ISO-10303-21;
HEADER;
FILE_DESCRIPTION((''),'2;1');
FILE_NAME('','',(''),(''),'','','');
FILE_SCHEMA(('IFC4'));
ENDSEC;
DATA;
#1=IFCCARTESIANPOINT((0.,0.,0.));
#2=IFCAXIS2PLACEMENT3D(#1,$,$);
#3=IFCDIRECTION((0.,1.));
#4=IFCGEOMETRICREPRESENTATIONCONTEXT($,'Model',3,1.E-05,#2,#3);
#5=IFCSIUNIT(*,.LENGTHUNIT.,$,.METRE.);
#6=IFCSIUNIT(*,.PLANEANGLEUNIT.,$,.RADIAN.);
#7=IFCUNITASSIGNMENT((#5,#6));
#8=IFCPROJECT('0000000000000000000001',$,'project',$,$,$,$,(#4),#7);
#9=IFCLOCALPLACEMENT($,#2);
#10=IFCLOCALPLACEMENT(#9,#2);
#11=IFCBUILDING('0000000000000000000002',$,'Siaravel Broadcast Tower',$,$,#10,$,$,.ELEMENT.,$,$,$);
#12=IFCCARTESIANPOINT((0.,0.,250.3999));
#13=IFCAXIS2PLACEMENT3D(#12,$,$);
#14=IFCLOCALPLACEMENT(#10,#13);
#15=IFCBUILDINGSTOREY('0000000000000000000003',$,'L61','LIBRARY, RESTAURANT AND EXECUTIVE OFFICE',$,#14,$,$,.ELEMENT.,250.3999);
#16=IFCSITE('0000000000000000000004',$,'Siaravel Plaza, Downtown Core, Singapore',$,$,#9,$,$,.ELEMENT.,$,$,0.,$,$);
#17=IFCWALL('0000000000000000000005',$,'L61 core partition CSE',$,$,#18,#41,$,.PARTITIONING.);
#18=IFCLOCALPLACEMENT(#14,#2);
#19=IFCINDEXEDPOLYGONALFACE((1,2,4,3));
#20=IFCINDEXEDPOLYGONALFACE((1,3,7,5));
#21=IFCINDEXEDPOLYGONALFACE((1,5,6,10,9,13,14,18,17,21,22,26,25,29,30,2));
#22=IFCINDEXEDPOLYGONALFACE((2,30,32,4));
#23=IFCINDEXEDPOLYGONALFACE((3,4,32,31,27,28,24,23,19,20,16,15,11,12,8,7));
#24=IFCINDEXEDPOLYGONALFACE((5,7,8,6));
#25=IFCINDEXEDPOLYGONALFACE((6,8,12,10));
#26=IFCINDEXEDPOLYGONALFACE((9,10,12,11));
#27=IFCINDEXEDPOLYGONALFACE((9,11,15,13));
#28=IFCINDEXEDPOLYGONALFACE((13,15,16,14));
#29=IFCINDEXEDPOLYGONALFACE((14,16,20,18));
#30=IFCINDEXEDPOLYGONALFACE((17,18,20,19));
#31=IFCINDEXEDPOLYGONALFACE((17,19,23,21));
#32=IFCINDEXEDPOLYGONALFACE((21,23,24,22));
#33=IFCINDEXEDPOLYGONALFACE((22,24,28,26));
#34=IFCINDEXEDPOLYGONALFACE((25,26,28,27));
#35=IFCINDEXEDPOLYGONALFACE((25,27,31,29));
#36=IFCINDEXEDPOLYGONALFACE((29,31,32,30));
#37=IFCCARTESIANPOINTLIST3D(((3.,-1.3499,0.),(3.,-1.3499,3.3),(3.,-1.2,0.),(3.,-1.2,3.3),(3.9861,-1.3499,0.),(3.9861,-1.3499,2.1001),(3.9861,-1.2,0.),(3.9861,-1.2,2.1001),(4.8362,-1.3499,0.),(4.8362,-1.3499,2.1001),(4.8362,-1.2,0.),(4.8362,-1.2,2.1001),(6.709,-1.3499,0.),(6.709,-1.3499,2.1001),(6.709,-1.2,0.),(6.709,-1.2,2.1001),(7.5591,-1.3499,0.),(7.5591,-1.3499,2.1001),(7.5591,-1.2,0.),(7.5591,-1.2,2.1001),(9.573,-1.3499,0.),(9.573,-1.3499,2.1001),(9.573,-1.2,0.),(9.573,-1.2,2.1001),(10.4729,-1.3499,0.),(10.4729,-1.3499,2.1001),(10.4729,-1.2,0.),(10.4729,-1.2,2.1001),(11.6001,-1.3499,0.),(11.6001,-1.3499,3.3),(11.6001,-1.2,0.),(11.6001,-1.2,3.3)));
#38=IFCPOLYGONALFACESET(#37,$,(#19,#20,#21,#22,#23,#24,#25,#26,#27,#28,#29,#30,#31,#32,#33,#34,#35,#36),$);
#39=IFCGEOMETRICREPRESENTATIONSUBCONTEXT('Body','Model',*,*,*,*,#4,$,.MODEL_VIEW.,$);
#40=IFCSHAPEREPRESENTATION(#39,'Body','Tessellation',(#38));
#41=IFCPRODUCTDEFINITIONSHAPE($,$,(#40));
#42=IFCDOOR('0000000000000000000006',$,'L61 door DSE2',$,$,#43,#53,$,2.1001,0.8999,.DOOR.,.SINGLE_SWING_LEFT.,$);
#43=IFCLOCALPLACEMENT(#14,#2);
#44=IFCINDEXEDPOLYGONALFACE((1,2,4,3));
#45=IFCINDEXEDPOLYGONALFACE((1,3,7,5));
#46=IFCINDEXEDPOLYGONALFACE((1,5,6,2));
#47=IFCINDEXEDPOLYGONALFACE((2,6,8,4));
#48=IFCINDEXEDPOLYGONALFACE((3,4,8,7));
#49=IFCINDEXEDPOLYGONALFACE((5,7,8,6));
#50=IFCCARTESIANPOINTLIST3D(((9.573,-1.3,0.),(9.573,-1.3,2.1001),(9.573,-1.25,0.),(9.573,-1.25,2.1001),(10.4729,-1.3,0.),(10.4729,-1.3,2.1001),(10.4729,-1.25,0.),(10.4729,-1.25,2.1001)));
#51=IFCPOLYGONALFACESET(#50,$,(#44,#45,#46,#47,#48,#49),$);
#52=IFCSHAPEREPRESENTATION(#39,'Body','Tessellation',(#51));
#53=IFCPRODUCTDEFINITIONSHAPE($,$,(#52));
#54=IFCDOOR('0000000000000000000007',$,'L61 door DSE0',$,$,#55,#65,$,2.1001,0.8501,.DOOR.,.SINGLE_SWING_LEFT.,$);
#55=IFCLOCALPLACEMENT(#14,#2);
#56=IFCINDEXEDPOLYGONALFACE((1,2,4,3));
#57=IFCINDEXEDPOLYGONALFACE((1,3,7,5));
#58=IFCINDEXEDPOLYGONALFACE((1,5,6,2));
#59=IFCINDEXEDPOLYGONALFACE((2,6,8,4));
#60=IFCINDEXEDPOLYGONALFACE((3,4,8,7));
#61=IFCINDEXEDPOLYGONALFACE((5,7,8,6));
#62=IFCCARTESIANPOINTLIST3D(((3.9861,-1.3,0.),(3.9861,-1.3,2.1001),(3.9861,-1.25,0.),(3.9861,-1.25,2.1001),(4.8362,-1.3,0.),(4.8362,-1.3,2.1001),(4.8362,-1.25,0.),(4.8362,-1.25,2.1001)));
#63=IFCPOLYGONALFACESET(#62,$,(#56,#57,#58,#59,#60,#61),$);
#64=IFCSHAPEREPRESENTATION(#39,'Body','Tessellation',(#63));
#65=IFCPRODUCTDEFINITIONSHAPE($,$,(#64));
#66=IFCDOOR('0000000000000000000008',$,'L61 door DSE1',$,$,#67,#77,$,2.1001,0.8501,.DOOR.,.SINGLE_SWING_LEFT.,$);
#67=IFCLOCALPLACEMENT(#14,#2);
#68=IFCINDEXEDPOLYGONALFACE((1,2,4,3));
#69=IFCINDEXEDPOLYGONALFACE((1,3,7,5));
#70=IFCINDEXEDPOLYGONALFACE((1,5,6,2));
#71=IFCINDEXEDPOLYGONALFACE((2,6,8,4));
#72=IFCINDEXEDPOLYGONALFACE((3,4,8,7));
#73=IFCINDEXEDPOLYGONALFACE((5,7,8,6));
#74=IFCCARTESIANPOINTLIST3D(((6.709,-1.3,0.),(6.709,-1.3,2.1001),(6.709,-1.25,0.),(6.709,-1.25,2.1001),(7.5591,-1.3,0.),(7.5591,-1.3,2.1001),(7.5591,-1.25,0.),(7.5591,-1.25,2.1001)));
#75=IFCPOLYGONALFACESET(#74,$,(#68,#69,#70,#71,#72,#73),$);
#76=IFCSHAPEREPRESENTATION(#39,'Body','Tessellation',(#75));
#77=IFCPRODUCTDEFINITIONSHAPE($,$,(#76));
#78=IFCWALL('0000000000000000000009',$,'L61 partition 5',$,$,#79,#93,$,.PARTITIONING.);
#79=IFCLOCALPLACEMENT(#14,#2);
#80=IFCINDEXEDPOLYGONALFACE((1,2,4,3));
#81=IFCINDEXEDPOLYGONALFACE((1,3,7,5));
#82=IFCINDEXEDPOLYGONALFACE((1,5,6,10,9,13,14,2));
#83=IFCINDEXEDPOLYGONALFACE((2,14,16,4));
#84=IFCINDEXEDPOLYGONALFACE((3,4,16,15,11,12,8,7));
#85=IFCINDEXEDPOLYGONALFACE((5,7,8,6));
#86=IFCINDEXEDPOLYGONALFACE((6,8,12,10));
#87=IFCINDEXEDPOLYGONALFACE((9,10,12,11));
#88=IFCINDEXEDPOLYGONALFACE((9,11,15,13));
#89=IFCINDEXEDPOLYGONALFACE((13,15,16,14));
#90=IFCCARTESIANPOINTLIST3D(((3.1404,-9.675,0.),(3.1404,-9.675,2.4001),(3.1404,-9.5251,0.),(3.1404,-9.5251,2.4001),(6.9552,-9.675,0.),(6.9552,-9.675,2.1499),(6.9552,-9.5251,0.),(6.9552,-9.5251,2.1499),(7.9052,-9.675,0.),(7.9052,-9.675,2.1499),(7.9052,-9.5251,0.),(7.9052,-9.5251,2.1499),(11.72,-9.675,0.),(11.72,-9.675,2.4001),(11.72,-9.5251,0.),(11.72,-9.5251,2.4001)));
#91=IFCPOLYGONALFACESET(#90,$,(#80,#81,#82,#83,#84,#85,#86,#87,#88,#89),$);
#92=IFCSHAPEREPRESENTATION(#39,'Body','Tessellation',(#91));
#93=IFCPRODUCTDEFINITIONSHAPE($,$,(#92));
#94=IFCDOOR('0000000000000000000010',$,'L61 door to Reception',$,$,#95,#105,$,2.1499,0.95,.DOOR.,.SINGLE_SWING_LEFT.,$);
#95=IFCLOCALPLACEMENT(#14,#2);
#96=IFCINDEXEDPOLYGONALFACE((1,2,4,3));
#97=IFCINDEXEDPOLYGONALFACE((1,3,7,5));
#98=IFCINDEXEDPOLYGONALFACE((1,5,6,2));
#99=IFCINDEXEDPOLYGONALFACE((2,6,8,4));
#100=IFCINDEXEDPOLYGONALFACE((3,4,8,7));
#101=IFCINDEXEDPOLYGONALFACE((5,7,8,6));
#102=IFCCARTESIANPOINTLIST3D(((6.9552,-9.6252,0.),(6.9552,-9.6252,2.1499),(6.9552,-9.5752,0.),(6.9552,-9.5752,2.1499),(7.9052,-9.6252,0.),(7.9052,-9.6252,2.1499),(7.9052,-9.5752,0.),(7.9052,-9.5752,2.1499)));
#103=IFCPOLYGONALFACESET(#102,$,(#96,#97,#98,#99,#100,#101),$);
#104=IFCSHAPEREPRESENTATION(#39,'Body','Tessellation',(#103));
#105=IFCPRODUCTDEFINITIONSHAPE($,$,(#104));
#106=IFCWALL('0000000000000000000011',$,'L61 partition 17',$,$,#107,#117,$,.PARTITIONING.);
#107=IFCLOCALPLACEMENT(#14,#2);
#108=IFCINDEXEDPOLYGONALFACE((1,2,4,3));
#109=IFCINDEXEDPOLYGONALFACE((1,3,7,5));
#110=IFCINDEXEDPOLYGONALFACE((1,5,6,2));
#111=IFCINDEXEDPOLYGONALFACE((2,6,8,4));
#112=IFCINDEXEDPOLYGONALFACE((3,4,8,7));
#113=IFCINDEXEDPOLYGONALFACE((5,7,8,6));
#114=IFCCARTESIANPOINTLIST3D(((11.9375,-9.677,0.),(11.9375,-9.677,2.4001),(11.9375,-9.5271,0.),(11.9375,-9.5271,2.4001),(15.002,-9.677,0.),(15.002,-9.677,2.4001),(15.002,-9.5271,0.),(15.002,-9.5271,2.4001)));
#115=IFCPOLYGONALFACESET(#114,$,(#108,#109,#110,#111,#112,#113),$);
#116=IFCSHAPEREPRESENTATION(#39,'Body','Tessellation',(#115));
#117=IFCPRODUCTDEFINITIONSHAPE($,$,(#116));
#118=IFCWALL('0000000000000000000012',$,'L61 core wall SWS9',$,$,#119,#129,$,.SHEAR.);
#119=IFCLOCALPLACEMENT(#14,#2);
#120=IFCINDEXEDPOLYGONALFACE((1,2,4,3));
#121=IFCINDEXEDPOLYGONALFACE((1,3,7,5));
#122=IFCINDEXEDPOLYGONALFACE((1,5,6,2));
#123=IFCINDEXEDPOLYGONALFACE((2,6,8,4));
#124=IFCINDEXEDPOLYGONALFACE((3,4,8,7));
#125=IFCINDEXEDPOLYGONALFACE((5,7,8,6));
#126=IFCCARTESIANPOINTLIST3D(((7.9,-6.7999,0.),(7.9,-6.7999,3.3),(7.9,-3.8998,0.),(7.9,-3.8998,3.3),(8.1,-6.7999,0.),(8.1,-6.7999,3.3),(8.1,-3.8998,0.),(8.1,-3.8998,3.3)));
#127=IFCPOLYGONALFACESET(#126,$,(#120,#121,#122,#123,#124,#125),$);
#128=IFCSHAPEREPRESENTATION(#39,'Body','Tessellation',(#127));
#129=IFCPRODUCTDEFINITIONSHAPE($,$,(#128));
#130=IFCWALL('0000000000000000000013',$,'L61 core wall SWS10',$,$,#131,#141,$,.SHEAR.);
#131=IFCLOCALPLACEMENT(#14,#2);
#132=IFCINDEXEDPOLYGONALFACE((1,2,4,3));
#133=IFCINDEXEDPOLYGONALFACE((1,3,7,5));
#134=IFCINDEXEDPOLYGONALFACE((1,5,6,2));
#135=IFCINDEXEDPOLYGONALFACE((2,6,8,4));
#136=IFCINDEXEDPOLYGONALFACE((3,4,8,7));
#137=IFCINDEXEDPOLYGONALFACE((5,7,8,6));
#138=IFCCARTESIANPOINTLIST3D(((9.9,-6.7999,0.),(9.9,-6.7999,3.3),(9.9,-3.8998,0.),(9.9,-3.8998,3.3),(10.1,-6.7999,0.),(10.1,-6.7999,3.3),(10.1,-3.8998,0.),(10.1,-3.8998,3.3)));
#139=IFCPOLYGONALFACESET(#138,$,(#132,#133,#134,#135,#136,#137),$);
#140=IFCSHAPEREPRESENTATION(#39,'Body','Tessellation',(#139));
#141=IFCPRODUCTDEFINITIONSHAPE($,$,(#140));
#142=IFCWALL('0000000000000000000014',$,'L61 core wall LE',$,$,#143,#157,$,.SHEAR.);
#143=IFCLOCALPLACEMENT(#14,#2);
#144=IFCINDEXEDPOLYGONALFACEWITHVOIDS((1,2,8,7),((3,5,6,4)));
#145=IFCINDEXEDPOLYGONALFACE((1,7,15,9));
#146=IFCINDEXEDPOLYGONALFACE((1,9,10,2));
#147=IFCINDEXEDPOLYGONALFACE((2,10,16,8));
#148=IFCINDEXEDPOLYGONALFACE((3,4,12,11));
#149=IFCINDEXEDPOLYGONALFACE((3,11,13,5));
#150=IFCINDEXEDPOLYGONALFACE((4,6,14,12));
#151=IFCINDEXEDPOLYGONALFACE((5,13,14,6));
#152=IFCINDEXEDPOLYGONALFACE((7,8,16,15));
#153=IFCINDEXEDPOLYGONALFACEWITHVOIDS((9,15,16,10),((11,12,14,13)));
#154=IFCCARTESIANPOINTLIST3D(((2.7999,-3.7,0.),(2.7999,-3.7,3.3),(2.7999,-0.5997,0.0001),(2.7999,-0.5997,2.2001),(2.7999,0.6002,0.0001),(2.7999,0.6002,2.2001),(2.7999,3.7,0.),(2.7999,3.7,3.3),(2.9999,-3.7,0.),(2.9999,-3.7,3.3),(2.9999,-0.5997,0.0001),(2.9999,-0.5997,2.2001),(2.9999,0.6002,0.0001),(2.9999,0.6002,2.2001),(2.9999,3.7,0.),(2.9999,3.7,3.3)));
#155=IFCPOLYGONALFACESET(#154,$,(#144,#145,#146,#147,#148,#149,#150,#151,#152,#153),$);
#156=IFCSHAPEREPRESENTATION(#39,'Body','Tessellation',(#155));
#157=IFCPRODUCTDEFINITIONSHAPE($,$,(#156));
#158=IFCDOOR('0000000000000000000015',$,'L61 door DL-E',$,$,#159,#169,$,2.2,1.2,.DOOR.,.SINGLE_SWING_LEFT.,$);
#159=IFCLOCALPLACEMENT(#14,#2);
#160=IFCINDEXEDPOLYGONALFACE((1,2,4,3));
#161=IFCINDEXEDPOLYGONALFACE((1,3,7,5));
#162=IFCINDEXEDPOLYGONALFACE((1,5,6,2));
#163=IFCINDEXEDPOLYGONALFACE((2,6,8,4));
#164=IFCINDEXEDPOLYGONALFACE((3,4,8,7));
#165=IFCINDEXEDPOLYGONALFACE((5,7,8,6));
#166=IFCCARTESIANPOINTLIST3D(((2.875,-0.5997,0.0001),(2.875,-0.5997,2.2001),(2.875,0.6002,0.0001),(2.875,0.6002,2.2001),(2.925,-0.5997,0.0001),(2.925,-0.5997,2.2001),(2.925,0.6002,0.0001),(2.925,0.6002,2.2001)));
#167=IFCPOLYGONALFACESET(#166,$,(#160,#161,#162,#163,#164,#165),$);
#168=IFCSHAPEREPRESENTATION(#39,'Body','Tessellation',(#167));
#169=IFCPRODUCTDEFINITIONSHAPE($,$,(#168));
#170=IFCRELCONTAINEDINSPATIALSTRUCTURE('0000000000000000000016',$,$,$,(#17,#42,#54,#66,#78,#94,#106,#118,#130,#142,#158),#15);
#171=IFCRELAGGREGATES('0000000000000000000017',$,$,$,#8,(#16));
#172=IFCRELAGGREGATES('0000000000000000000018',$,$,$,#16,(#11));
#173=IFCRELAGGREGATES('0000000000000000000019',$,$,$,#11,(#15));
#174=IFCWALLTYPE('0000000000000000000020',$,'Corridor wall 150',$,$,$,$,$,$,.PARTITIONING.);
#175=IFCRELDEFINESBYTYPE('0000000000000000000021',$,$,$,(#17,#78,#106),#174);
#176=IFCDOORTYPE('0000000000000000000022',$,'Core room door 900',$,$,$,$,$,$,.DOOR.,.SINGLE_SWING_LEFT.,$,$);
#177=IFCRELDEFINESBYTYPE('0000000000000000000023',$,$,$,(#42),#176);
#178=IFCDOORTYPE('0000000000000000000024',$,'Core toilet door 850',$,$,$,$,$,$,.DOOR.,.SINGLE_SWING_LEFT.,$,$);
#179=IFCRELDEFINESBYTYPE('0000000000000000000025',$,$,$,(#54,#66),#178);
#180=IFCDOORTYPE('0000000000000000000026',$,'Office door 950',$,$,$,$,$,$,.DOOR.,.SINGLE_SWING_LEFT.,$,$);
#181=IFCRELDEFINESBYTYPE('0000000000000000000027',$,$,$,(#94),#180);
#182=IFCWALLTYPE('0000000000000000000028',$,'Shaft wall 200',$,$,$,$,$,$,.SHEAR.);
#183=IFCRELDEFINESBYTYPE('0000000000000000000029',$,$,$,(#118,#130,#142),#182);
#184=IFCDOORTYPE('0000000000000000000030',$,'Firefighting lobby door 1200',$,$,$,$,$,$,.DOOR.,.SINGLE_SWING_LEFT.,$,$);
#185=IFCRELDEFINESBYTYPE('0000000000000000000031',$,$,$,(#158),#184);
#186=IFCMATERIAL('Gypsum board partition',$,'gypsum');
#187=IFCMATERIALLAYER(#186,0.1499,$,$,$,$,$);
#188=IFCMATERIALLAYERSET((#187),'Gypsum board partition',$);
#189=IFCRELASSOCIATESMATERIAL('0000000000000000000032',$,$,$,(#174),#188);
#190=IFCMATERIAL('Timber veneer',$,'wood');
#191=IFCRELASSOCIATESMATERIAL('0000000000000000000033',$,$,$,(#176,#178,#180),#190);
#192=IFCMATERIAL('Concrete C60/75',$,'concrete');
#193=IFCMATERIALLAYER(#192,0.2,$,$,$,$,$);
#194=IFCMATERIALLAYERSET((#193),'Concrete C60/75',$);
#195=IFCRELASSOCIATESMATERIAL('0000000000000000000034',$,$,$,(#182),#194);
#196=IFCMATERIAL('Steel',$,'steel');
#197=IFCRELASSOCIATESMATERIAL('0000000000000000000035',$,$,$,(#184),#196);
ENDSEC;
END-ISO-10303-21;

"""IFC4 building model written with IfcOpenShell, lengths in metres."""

from ifc_helpers import new_model, si_unit, direction, frame, frame_2d, origin, place, context, subcontext, project, spatial, rectangle, extrude, material, layer, layer_set, type_object, element, fill, save


model = new_model("IFC4")

# Units and contexts
model_context = context("Model", 3, precision=1e-05, world=origin(), true_north=direction((0.0, 1.0)))
body_context = subcontext(model_context, "Body", "Model", "MODEL_VIEW")
ifc_project = project(units=[si_unit("LENGTHUNIT", "METRE"), si_unit("PLANEANGLEUNIT", "RADIAN")], contexts=[model_context])

# Site, building, storey
site_placement = place(None, origin())
site = spatial("IfcSite", under=ifc_project, at=site_placement, Name="Siaravel Plaza, Downtown Core, Singapore", CompositionType="ELEMENT", RefElevation=0.0)
building_placement = place(site_placement, origin())
building = spatial("IfcBuilding", under=site, at=building_placement, Name="Siaravel Broadcast Tower", CompositionType="ELEMENT")
storey_placement = place(building_placement, frame((0.0, 0.0, 250.3999)))
storey = spatial("IfcBuildingStorey", under=building, at=storey_placement, Name="L61", Description="LIBRARY, RESTAURANT AND EXECUTIVE OFFICE", CompositionType="ELEMENT", Elevation=250.3999)

# Shared definitions
ifc_material_1 = material(Name="Concrete C60/75", Category="concrete")
ifc_material_2 = material(Name="Steel", Category="steel")

# Wall, openings, doors
ifc_material_3 = material(Name="Gypsum board partition", Category="gypsum")
ifc_layer_1 = layer(ifc_material_3, 0.1499)
ifc_layer_set_1 = layer_set([ifc_layer_1], Name="Gypsum board partition")
wall_type_1 = type_object("IfcWallType", Name="Corridor wall 150", PredefinedType="PARTITIONING", material=ifc_layer_set_1)
wall_1_placement = place(storey_placement, frame((3.0, -1.2749, 0.0), z_axis=(0.0, 0.0, 1.0), x_axis=(1.0, 0.0, 0.0)))
wall_1 = element("IfcWall", 1, at=wall_1_placement, inside=storey, type_object=wall_type_1, Name="L61 core partition CSE", PredefinedType="PARTITIONING", context=body_context, shape_type="SweptSolid", body=[
    extrude(rectangle(XDim=8.6001, YDim=0.1499, at=frame_2d((4.3, 0.0))), origin(), (0.0, 0.0, 1.0), 3.3),
])
opening_1_placement = place(wall_1_placement, frame((0.9861, 0.0, 0.0)))
opening_1 = element("IfcOpeningElement", 2, at=opening_1_placement, cuts=wall_1, PredefinedType="OPENING", context=body_context, shape_type="SweptSolid", body=[
    extrude(rectangle(XDim=0.8501, YDim=2.1001, at=frame_2d((0.425, 1.05))), frame((0.0, 0.085, 0.0), z_axis=(0.0, -1.0, 0.0), x_axis=(1.0, 0.0, 0.0)), (0.0, 0.0, 1.0), 0.1699),
])
opening_2_placement = place(wall_1_placement, frame((3.709, 0.0, 0.0)))
opening_2 = element("IfcOpeningElement", 3, at=opening_2_placement, cuts=wall_1, PredefinedType="OPENING", context=body_context, shape_type="SweptSolid", body=[
    extrude(rectangle(XDim=0.8501, YDim=2.1001, at=frame_2d((0.425, 1.05))), frame((0.0, 0.085, 0.0), z_axis=(0.0, -1.0, 0.0), x_axis=(1.0, 0.0, 0.0)), (0.0, 0.0, 1.0), 0.1699),
])
opening_3_placement = place(wall_1_placement, frame((6.573, 0.0, 0.0)))
opening_3 = element("IfcOpeningElement", 4, at=opening_3_placement, cuts=wall_1, PredefinedType="OPENING", context=body_context, shape_type="SweptSolid", body=[
    extrude(rectangle(XDim=0.8999, YDim=2.1001, at=frame_2d((0.45, 1.05))), frame((0.0, 0.085, 0.0), z_axis=(0.0, -1.0, 0.0), x_axis=(1.0, 0.0, 0.0)), (0.0, 0.0, 1.0), 0.1699),
])
ifc_material_4 = material(Name="Timber veneer", Category="wood")
door_type_1 = type_object("IfcDoorType", Name="Core room door 900", OperationType="SINGLE_SWING_LEFT", PredefinedType="DOOR", material=ifc_material_4)
door_1_placement = place(opening_3_placement, origin())
door_1 = element("IfcDoor", 5, at=door_1_placement, inside=storey, type_object=door_type_1, Name="L61 door DSE2", OperationType="SINGLE_SWING_LEFT", OverallHeight=2.1001, OverallWidth=0.8999, PredefinedType="DOOR", context=body_context, shape_type="SweptSolid", body=[
    extrude(rectangle(XDim=0.8999, YDim=2.1001, at=frame_2d((0.45, 1.05))), frame((0.0, 0.0249, 0.0), z_axis=(0.0, -1.0, 0.0), x_axis=(1.0, 0.0, 0.0)), (0.0, 0.0, 1.0), 0.05),
])
fill(opening_3, door_1)
door_type_2 = type_object("IfcDoorType", Name="Core toilet door 850", OperationType="SINGLE_SWING_LEFT", PredefinedType="DOOR", material=ifc_material_4)
door_2_placement = place(opening_1_placement, origin())
door_2 = element("IfcDoor", 6, at=door_2_placement, inside=storey, type_object=door_type_2, Name="L61 door DSE0", OperationType="SINGLE_SWING_LEFT", OverallHeight=2.1001, OverallWidth=0.8501, PredefinedType="DOOR", context=body_context, shape_type="SweptSolid", body=[
    extrude(rectangle(XDim=0.8501, YDim=2.1001, at=frame_2d((0.425, 1.05))), frame((0.0, 0.0249, 0.0), z_axis=(0.0, -1.0, 0.0), x_axis=(1.0, 0.0, 0.0)), (0.0, 0.0, 1.0), 0.05),
])
fill(opening_1, door_2)
door_3_placement = place(opening_2_placement, origin())
door_3 = element("IfcDoor", 7, at=door_3_placement, inside=storey, type_object=door_type_2, Name="L61 door DSE1", OperationType="SINGLE_SWING_LEFT", OverallHeight=2.1001, OverallWidth=0.8501, PredefinedType="DOOR", context=body_context, shape_type="SweptSolid", body=[
    extrude(rectangle(XDim=0.8501, YDim=2.1001, at=frame_2d((0.425, 1.05))), frame((0.0, 0.0249, 0.0), z_axis=(0.0, -1.0, 0.0), x_axis=(1.0, 0.0, 0.0)), (0.0, 0.0, 1.0), 0.05),
])
fill(opening_2, door_3)

# Wall, opening, door
wall_2_placement = place(storey_placement, frame((3.1404, -9.6001, 0.0), z_axis=(0.0, 0.0, 1.0), x_axis=(1.0, 0.0, 0.0)))
wall_2 = element("IfcWall", 8, at=wall_2_placement, inside=storey, type_object=wall_type_1, Name="L61 partition 5", PredefinedType="PARTITIONING", context=body_context, shape_type="SweptSolid", body=[
    extrude(rectangle(XDim=8.5796, YDim=0.1499, at=frame_2d((4.2898, 0.0))), origin(), (0.0, 0.0, 1.0), 2.4001),
])
opening_4_placement = place(wall_2_placement, frame((3.8147, 0.0, 0.0)))
opening_4 = element("IfcOpeningElement", 9, at=opening_4_placement, cuts=wall_2, PredefinedType="OPENING", context=body_context, shape_type="SweptSolid", body=[
    extrude(rectangle(XDim=0.95, YDim=2.1499, at=frame_2d((0.4751, 1.075))), frame((0.0, 0.085, 0.0), z_axis=(0.0, -1.0, 0.0), x_axis=(1.0, 0.0, 0.0)), (0.0, 0.0, 1.0), 0.1699),
])
door_type_3 = type_object("IfcDoorType", Name="Office door 950", OperationType="SINGLE_SWING_LEFT", PredefinedType="DOOR", material=ifc_material_4)
door_4_placement = place(opening_4_placement, origin())
door_4 = element("IfcDoor", 10, at=door_4_placement, inside=storey, type_object=door_type_3, Name="L61 door to Reception", OperationType="SINGLE_SWING_LEFT", OverallHeight=2.1499, OverallWidth=0.95, PredefinedType="DOOR", context=body_context, shape_type="SweptSolid", body=[
    extrude(rectangle(XDim=0.95, YDim=2.1499, at=frame_2d((0.4751, 1.075))), frame((0.0, 0.0249, 0.0), z_axis=(0.0, -1.0, 0.0), x_axis=(1.0, 0.0, 0.0)), (0.0, 0.0, 1.0), 0.05),
])
fill(opening_4, door_4)

# Walls
wall_3_placement = place(storey_placement, frame((11.9375, -9.6021, 0.0), z_axis=(0.0, 0.0, 1.0), x_axis=(1.0, 0.0, 0.0)))
element("IfcWall", 11, at=wall_3_placement, inside=storey, type_object=wall_type_1, Name="L61 partition 17", PredefinedType="PARTITIONING", context=body_context, shape_type="SweptSolid", body=[
    extrude(rectangle(XDim=3.0645, YDim=0.1499, at=frame_2d((1.5322, 0.0))), origin(), (0.0, 0.0, 1.0), 2.4001),
])
ifc_layer_2 = layer(ifc_material_1, 0.2)
ifc_layer_set_2 = layer_set([ifc_layer_2], Name="Concrete C60/75")
wall_type_2 = type_object("IfcWallType", Name="Shaft wall 200", PredefinedType="SHEAR", material=ifc_layer_set_2)
for number, where, z_axis, x_axis, name in (
    (12, (8.0, -6.8, 0.0), (0.0, 0.0, 1.0), (0.0, 1.0, 0.0), "L61 core wall SWS9"),
    (13, (10.0, -6.8, 0.0), (0.0, 0.0, 1.0), (0.0, 1.0, 0.0), "L61 core wall SWS10"),
):
    element("IfcWall", number, at=place(storey_placement, frame(where, z_axis=z_axis, x_axis=x_axis)), inside=storey, type_object=wall_type_2, Name=name, PredefinedType="SHEAR", context=body_context, shape_type="SweptSolid", body=[
        extrude(rectangle(XDim=2.9001, YDim=0.2, at=frame_2d((1.4502, 0.0))), origin(), (0.0, 0.0, 1.0), 3.3),
    ])

# Wall, opening, door
wall_4_placement = place(storey_placement, frame((2.8999, -3.7, 0.0), z_axis=(0.0, 0.0, 1.0), x_axis=(0.0, 1.0, 0.0)))
wall_4 = element("IfcWall", 14, at=wall_4_placement, inside=storey, type_object=wall_type_2, Name="L61 core wall LE", PredefinedType="SHEAR", context=body_context, shape_type="SweptSolid", body=[
    extrude(rectangle(XDim=7.3999, YDim=0.2, at=frame_2d((3.7, 0.0))), origin(), (0.0, 0.0, 1.0), 3.3),
])
opening_5_placement = place(wall_4_placement, frame((3.1001, 0.0, 0.0)))
opening_5 = element("IfcOpeningElement", 15, at=opening_5_placement, cuts=wall_4, PredefinedType="OPENING", context=body_context, shape_type="SweptSolid", body=[
    extrude(rectangle(XDim=1.2, YDim=2.2, at=frame_2d((0.6001, 1.1001))), frame((0.0, 0.1099, 0.0), z_axis=(0.0, -1.0, 0.0), x_axis=(1.0, 0.0, 0.0)), (0.0, 0.0, 1.0), 0.22),
])
door_type_4 = type_object("IfcDoorType", Name="Firefighting lobby door 1200", OperationType="SINGLE_SWING_LEFT", PredefinedType="DOOR", material=ifc_material_2)
door_5_placement = place(opening_5_placement, origin())
door_5 = element("IfcDoor", 16, at=door_5_placement, inside=storey, type_object=door_type_4, Name="L61 door DL-E", OperationType="SINGLE_SWING_LEFT", OverallHeight=2.2, OverallWidth=1.2, PredefinedType="DOOR", context=body_context, shape_type="SweptSolid", body=[
    extrude(rectangle(XDim=1.2, YDim=2.2, at=frame_2d((0.6001, 1.1001))), frame((0.0, 0.0249, 0.0), z_axis=(0.0, -1.0, 0.0), x_axis=(1.0, 0.0, 0.0)), (0.0, 0.0, 1.0), 0.05),
])
fill(opening_5, door_5)

save(model, "model.ifc")
